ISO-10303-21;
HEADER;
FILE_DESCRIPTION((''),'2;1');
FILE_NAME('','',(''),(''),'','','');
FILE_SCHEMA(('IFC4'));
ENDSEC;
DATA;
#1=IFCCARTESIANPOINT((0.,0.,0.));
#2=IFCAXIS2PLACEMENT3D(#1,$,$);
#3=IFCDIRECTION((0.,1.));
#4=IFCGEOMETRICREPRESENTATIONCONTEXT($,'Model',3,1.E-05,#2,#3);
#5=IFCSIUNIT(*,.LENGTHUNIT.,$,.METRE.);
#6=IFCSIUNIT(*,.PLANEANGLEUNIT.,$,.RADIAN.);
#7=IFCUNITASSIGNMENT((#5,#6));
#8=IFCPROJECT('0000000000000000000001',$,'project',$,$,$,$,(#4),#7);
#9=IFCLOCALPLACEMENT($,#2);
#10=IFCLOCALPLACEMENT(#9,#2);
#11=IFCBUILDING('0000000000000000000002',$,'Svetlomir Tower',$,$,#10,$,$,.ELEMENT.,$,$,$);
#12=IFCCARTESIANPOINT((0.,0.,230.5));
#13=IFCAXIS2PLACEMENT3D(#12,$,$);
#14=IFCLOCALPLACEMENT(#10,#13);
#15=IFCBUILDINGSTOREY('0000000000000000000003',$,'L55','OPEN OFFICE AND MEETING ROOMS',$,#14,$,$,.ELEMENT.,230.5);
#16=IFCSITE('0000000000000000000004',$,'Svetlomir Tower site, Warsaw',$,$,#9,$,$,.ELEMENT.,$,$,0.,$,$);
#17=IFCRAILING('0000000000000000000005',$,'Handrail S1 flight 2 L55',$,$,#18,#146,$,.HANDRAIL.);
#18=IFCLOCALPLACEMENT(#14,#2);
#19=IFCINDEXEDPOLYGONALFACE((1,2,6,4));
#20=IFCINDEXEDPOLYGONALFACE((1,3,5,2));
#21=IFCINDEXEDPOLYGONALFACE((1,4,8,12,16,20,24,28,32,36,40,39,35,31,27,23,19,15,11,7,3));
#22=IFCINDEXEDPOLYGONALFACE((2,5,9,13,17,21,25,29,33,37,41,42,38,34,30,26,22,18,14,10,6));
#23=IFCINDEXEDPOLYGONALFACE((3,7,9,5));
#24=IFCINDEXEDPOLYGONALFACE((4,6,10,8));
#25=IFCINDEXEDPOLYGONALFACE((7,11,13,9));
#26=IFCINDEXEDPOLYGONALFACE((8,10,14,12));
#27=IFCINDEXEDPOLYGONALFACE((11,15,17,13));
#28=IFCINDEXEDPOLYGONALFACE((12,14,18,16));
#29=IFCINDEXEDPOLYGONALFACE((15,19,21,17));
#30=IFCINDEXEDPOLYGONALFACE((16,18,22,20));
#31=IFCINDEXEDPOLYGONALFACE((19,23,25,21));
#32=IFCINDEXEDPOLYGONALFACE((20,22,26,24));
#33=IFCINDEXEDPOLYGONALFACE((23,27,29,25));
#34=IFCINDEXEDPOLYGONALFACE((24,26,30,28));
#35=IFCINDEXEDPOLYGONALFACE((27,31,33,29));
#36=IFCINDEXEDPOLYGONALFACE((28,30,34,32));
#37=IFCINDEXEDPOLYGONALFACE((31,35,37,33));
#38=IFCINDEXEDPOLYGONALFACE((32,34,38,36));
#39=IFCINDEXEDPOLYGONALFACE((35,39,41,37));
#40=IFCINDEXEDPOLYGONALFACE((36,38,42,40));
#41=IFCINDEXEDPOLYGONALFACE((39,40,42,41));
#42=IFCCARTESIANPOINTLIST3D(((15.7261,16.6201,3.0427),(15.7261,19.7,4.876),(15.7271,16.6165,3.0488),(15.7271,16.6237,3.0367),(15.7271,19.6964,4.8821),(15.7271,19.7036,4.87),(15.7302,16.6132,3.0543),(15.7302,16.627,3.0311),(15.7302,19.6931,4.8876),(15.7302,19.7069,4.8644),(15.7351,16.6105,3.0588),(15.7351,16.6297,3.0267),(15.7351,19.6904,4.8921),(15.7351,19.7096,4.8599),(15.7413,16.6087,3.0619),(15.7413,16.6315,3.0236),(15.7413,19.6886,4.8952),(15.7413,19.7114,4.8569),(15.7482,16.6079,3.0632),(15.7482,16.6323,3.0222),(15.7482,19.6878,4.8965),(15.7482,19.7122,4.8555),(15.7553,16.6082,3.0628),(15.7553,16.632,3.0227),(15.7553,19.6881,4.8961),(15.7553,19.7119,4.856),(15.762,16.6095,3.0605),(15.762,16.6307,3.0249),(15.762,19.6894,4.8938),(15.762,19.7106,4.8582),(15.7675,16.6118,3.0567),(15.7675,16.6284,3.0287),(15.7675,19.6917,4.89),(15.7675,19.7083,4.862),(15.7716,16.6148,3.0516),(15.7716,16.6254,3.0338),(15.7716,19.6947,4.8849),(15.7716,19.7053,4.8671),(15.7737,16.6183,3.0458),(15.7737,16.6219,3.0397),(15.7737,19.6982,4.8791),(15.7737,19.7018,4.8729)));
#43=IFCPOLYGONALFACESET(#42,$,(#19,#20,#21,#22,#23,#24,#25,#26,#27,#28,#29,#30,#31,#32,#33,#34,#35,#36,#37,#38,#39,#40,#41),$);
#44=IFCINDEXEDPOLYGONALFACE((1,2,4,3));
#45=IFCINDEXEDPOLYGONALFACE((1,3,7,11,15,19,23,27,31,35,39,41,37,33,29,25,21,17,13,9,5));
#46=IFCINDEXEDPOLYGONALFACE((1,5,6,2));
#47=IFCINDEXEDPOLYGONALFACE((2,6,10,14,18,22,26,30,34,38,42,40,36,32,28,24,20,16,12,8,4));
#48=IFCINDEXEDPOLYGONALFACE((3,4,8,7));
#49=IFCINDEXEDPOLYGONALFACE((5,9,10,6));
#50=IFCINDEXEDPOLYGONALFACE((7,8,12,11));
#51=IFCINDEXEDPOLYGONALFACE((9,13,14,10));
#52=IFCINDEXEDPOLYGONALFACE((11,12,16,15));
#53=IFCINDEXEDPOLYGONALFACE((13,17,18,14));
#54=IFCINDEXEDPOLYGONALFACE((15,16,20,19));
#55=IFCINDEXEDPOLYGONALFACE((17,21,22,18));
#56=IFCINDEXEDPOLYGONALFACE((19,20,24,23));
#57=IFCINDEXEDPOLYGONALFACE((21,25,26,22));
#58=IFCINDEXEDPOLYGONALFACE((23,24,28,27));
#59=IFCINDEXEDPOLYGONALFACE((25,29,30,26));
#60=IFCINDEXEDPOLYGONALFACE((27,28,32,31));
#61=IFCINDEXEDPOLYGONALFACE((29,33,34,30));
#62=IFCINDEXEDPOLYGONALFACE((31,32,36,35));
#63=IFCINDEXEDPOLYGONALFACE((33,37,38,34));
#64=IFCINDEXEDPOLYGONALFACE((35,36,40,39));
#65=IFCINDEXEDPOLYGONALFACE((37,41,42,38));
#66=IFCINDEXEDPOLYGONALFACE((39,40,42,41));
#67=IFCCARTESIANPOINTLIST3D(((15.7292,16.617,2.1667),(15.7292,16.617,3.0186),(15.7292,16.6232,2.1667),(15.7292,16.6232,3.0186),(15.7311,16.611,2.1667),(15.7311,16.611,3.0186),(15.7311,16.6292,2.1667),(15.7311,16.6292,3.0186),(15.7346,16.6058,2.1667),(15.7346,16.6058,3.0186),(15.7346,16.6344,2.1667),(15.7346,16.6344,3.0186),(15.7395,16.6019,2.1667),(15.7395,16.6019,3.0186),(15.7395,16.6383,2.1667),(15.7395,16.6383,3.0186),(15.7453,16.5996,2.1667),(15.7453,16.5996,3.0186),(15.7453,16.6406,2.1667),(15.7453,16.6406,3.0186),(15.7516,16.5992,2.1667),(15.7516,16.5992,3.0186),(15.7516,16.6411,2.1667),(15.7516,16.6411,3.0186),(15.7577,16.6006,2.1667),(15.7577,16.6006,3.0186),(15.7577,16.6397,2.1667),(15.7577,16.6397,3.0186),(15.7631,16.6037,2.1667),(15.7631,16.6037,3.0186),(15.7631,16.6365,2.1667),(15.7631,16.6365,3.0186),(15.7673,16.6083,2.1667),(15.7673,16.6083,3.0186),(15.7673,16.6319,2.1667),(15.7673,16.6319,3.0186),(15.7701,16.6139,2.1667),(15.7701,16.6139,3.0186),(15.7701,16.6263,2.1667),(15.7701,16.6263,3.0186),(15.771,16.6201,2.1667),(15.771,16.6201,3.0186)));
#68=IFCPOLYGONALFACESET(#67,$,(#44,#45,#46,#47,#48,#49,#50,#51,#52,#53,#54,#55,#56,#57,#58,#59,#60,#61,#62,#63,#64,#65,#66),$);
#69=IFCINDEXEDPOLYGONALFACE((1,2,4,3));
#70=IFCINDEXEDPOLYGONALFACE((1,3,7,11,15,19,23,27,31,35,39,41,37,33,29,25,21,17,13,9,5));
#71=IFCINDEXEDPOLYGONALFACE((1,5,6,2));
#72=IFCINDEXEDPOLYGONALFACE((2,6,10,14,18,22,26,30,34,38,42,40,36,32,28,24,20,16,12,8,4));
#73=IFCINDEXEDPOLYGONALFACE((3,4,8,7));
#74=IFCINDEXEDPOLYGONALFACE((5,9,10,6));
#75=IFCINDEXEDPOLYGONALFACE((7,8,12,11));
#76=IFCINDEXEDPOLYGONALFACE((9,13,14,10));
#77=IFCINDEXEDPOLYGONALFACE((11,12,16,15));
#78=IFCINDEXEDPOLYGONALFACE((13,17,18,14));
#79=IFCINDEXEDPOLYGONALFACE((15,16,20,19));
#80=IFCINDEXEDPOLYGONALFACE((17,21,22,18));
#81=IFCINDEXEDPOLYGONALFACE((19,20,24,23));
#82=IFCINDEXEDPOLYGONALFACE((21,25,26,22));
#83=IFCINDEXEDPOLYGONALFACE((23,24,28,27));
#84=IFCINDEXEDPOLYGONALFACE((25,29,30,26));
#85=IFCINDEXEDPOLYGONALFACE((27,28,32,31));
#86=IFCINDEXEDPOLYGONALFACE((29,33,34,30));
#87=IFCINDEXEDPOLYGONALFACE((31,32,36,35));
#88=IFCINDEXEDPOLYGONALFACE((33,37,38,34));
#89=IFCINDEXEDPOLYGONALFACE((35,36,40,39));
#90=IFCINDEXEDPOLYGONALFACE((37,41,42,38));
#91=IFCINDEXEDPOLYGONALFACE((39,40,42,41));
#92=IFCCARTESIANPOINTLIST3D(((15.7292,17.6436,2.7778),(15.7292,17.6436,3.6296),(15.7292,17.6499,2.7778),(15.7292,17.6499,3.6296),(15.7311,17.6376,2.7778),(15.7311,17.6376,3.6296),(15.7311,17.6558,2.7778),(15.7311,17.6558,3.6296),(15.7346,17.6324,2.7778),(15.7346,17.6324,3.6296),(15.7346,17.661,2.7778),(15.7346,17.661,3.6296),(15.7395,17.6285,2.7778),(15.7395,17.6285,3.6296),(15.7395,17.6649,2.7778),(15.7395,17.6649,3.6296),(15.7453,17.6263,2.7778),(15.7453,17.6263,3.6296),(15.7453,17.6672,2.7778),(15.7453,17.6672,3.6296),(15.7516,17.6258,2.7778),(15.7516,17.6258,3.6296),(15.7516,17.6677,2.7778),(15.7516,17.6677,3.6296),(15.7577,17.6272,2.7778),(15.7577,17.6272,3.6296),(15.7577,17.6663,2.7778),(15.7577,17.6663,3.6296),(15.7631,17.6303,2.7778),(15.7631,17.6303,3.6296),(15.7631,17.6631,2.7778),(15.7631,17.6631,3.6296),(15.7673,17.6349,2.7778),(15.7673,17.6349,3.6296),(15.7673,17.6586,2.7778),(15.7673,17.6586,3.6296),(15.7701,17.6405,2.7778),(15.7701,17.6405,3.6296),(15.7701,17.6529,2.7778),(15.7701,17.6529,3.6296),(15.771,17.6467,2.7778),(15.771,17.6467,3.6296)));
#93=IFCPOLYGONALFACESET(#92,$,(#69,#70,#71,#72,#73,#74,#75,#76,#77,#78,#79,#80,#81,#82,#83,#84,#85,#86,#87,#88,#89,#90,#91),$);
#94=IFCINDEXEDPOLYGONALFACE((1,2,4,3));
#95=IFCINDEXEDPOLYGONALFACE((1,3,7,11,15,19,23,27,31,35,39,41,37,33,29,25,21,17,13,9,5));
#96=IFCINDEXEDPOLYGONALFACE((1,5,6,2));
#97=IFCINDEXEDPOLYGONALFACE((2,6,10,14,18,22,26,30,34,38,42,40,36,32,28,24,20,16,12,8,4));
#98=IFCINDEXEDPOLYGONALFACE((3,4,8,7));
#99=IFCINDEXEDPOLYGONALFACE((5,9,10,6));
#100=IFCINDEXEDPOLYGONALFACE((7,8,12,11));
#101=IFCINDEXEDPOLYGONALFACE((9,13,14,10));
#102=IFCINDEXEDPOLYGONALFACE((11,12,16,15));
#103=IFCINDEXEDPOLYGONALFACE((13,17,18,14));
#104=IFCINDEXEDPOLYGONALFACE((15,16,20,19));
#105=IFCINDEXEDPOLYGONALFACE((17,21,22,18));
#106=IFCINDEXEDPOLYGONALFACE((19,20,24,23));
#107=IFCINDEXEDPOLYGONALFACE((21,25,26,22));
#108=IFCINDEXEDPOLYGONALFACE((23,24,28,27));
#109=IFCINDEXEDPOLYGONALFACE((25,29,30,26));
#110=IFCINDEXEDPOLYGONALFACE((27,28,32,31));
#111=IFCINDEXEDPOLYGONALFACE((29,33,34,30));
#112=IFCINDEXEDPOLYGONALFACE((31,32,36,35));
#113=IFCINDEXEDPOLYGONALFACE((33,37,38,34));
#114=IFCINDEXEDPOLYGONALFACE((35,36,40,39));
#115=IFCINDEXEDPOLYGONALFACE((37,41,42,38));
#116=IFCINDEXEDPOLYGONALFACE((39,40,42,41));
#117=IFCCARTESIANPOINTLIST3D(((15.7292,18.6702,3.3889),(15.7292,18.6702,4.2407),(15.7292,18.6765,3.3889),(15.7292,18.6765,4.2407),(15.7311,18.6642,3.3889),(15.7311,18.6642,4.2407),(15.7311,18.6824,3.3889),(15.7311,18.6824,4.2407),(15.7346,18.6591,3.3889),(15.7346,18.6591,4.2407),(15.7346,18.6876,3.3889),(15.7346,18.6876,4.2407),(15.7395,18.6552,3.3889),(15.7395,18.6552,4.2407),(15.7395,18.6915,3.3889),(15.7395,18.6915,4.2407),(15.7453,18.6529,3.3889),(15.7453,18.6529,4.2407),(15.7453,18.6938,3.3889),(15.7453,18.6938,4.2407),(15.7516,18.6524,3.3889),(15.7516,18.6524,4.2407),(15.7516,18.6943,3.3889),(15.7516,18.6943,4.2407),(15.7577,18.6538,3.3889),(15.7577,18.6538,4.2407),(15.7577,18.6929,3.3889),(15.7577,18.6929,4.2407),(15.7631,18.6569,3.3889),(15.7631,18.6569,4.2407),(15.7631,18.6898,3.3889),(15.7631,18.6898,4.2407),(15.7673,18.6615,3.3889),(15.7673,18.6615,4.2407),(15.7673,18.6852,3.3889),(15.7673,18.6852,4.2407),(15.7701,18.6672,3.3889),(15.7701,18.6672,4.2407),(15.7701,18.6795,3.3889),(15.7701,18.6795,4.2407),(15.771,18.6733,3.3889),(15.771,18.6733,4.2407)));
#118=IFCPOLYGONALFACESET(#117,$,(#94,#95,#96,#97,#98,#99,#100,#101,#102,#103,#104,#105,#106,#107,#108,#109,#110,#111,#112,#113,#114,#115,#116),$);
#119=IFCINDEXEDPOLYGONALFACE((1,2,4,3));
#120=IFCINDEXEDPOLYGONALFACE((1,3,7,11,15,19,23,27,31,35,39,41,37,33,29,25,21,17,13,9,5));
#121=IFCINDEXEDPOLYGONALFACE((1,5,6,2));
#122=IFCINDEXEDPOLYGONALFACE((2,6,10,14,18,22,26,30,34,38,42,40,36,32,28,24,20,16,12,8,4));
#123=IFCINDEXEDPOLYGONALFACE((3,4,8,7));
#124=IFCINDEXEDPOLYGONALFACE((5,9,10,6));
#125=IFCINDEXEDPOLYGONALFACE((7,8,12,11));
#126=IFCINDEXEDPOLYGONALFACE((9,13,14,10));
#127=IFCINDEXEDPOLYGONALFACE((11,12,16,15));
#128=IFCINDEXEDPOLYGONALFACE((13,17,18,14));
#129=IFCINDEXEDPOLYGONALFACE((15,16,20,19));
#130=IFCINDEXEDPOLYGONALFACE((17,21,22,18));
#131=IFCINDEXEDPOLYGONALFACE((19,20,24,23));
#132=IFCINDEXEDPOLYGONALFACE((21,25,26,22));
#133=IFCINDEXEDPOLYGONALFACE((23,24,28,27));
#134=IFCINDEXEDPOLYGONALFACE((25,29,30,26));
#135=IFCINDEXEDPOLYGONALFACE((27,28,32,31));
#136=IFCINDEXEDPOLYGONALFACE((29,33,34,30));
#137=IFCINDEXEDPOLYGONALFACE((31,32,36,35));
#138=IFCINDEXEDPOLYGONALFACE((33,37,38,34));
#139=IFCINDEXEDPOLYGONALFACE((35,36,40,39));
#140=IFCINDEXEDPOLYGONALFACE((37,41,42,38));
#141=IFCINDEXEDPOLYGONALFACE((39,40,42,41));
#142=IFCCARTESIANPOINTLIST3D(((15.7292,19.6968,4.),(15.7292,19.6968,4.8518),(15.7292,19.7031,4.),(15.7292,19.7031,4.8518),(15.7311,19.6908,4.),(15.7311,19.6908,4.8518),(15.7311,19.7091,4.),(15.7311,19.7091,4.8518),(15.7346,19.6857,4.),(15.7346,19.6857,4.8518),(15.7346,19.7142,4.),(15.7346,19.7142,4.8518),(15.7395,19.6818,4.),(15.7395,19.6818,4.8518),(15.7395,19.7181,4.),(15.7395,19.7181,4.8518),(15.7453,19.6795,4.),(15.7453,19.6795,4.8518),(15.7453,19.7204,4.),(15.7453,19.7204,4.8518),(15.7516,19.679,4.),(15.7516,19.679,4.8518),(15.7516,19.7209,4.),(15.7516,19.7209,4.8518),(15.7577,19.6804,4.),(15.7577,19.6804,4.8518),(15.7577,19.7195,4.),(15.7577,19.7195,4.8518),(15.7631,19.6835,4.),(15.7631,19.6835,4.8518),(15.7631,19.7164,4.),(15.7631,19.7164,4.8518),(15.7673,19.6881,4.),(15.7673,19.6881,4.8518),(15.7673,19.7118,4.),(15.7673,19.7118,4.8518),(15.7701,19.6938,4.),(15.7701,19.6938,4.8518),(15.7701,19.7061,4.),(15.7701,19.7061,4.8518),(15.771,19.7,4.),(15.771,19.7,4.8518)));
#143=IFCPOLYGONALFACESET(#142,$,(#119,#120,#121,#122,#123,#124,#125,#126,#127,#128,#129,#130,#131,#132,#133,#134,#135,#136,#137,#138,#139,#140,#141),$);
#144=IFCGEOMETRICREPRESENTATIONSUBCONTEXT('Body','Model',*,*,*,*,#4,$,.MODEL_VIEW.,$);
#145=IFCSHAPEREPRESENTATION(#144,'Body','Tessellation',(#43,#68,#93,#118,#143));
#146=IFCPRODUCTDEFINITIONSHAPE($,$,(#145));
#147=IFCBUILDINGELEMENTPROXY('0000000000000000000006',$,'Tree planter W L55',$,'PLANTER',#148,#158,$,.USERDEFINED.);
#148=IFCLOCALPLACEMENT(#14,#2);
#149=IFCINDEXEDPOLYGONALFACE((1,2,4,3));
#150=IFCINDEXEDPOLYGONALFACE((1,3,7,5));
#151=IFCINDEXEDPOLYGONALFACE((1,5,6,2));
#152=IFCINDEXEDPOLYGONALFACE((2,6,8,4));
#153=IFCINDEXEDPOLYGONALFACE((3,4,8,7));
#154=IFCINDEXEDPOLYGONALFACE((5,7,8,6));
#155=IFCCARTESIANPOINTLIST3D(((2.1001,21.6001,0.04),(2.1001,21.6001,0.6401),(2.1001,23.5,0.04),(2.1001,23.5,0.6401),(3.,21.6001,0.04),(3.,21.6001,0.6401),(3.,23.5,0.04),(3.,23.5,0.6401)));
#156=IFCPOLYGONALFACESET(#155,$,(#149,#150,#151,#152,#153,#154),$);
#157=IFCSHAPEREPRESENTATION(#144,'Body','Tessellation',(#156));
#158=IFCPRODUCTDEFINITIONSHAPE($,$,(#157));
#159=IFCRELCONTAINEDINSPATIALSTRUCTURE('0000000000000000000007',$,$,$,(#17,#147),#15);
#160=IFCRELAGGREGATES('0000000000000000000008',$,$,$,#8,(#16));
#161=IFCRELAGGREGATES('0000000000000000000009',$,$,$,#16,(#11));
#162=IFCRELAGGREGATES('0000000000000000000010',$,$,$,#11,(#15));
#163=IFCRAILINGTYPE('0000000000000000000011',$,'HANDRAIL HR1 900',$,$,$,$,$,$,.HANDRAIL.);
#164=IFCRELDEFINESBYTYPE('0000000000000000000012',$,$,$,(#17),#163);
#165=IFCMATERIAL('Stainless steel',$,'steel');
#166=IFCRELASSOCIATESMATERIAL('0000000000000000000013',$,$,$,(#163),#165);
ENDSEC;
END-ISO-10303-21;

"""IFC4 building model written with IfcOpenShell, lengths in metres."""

from ifc_helpers import new_model, si_unit, direction, frame, origin, origin_2d, place, context, subcontext, project, spatial, rectangle, circle, extrude, material, type_object, element, save


model = new_model("IFC4")

# Units and contexts
model_context = context("Model", 3, precision=1e-05, world=origin(), true_north=direction((0.0, 1.0)))
body_context = subcontext(model_context, "Body", "Model", "MODEL_VIEW")
ifc_project = project(units=[si_unit("LENGTHUNIT", "METRE"), si_unit("PLANEANGLEUNIT", "RADIAN")], contexts=[model_context])

# Site, building, storey
site_placement = place(None, origin())
site = spatial("IfcSite", under=ifc_project, at=site_placement, Name="Svetlomir Tower site, Warsaw", CompositionType="ELEMENT", RefElevation=0.0)
building_placement = place(site_placement, origin())
building = spatial("IfcBuilding", under=site, at=building_placement, Name="Svetlomir Tower", CompositionType="ELEMENT")
storey_placement = place(building_placement, frame((0.0, 0.0, 230.5)))
storey = spatial("IfcBuildingStorey", under=building, at=storey_placement, Name="L55", Description="OPEN OFFICE AND MEETING ROOMS", CompositionType="ELEMENT", Elevation=230.5)

# Railing
ifc_material_1 = material(Name="Stainless steel", Category="steel")
railing_type_1 = type_object("IfcRailingType", Name="HANDRAIL HR1 900", PredefinedType="HANDRAIL", material=ifc_material_1)
railing_1_placement = place(storey_placement, frame((15.75, 16.6201, 2.1667)))
element("IfcRailing", 1, at=railing_1_placement, inside=storey, type_object=railing_type_1, Name="Handrail S1 flight 2 L55", PredefinedType="HANDRAIL", context=body_context, shape_type="SweptSolid", body=[
    extrude(circle(Radius=0.0239, at=origin_2d()), frame((0.0, 0.0, 0.876), z_axis=(0.0, 0.859291, 0.511487), x_axis=(-1.0, 0.0, 0.0)), (0.0, 0.0, 1.0), 3.5842),
    extrude(circle(Radius=0.021, at=origin_2d()), origin(), (0.0, 0.0, 1.0), 0.8518),
    extrude(circle(Radius=0.021, at=origin_2d()), frame((0.0, 1.0266, 0.6111)), (0.0, 0.0, 1.0), 0.8518),
    extrude(circle(Radius=0.021, at=origin_2d()), frame((0.0, 2.0532, 1.2222)), (0.0, 0.0, 1.0), 0.8518),
    extrude(circle(Radius=0.021, at=origin_2d()), frame((0.0, 3.0798, 1.8333)), (0.0, 0.0, 1.0), 0.8518),
])

# Building element proxy
proxy_placement = place(storey_placement, frame((2.55, 22.55, 0.04), z_axis=(0.0, 0.0, 1.0), x_axis=(1.0, 0.0, 0.0)))
element("IfcBuildingElementProxy", 2, at=proxy_placement, inside=storey, Name="Tree planter W L55", ObjectType="PLANTER", PredefinedType="USERDEFINED", context=body_context, shape_type="SweptSolid", body=[
    extrude(rectangle(XDim=0.8999, YDim=1.8999, at=origin_2d()), origin(), (0.0, 0.0, 1.0), 0.6001),
])

save(model, "model.ifc")
